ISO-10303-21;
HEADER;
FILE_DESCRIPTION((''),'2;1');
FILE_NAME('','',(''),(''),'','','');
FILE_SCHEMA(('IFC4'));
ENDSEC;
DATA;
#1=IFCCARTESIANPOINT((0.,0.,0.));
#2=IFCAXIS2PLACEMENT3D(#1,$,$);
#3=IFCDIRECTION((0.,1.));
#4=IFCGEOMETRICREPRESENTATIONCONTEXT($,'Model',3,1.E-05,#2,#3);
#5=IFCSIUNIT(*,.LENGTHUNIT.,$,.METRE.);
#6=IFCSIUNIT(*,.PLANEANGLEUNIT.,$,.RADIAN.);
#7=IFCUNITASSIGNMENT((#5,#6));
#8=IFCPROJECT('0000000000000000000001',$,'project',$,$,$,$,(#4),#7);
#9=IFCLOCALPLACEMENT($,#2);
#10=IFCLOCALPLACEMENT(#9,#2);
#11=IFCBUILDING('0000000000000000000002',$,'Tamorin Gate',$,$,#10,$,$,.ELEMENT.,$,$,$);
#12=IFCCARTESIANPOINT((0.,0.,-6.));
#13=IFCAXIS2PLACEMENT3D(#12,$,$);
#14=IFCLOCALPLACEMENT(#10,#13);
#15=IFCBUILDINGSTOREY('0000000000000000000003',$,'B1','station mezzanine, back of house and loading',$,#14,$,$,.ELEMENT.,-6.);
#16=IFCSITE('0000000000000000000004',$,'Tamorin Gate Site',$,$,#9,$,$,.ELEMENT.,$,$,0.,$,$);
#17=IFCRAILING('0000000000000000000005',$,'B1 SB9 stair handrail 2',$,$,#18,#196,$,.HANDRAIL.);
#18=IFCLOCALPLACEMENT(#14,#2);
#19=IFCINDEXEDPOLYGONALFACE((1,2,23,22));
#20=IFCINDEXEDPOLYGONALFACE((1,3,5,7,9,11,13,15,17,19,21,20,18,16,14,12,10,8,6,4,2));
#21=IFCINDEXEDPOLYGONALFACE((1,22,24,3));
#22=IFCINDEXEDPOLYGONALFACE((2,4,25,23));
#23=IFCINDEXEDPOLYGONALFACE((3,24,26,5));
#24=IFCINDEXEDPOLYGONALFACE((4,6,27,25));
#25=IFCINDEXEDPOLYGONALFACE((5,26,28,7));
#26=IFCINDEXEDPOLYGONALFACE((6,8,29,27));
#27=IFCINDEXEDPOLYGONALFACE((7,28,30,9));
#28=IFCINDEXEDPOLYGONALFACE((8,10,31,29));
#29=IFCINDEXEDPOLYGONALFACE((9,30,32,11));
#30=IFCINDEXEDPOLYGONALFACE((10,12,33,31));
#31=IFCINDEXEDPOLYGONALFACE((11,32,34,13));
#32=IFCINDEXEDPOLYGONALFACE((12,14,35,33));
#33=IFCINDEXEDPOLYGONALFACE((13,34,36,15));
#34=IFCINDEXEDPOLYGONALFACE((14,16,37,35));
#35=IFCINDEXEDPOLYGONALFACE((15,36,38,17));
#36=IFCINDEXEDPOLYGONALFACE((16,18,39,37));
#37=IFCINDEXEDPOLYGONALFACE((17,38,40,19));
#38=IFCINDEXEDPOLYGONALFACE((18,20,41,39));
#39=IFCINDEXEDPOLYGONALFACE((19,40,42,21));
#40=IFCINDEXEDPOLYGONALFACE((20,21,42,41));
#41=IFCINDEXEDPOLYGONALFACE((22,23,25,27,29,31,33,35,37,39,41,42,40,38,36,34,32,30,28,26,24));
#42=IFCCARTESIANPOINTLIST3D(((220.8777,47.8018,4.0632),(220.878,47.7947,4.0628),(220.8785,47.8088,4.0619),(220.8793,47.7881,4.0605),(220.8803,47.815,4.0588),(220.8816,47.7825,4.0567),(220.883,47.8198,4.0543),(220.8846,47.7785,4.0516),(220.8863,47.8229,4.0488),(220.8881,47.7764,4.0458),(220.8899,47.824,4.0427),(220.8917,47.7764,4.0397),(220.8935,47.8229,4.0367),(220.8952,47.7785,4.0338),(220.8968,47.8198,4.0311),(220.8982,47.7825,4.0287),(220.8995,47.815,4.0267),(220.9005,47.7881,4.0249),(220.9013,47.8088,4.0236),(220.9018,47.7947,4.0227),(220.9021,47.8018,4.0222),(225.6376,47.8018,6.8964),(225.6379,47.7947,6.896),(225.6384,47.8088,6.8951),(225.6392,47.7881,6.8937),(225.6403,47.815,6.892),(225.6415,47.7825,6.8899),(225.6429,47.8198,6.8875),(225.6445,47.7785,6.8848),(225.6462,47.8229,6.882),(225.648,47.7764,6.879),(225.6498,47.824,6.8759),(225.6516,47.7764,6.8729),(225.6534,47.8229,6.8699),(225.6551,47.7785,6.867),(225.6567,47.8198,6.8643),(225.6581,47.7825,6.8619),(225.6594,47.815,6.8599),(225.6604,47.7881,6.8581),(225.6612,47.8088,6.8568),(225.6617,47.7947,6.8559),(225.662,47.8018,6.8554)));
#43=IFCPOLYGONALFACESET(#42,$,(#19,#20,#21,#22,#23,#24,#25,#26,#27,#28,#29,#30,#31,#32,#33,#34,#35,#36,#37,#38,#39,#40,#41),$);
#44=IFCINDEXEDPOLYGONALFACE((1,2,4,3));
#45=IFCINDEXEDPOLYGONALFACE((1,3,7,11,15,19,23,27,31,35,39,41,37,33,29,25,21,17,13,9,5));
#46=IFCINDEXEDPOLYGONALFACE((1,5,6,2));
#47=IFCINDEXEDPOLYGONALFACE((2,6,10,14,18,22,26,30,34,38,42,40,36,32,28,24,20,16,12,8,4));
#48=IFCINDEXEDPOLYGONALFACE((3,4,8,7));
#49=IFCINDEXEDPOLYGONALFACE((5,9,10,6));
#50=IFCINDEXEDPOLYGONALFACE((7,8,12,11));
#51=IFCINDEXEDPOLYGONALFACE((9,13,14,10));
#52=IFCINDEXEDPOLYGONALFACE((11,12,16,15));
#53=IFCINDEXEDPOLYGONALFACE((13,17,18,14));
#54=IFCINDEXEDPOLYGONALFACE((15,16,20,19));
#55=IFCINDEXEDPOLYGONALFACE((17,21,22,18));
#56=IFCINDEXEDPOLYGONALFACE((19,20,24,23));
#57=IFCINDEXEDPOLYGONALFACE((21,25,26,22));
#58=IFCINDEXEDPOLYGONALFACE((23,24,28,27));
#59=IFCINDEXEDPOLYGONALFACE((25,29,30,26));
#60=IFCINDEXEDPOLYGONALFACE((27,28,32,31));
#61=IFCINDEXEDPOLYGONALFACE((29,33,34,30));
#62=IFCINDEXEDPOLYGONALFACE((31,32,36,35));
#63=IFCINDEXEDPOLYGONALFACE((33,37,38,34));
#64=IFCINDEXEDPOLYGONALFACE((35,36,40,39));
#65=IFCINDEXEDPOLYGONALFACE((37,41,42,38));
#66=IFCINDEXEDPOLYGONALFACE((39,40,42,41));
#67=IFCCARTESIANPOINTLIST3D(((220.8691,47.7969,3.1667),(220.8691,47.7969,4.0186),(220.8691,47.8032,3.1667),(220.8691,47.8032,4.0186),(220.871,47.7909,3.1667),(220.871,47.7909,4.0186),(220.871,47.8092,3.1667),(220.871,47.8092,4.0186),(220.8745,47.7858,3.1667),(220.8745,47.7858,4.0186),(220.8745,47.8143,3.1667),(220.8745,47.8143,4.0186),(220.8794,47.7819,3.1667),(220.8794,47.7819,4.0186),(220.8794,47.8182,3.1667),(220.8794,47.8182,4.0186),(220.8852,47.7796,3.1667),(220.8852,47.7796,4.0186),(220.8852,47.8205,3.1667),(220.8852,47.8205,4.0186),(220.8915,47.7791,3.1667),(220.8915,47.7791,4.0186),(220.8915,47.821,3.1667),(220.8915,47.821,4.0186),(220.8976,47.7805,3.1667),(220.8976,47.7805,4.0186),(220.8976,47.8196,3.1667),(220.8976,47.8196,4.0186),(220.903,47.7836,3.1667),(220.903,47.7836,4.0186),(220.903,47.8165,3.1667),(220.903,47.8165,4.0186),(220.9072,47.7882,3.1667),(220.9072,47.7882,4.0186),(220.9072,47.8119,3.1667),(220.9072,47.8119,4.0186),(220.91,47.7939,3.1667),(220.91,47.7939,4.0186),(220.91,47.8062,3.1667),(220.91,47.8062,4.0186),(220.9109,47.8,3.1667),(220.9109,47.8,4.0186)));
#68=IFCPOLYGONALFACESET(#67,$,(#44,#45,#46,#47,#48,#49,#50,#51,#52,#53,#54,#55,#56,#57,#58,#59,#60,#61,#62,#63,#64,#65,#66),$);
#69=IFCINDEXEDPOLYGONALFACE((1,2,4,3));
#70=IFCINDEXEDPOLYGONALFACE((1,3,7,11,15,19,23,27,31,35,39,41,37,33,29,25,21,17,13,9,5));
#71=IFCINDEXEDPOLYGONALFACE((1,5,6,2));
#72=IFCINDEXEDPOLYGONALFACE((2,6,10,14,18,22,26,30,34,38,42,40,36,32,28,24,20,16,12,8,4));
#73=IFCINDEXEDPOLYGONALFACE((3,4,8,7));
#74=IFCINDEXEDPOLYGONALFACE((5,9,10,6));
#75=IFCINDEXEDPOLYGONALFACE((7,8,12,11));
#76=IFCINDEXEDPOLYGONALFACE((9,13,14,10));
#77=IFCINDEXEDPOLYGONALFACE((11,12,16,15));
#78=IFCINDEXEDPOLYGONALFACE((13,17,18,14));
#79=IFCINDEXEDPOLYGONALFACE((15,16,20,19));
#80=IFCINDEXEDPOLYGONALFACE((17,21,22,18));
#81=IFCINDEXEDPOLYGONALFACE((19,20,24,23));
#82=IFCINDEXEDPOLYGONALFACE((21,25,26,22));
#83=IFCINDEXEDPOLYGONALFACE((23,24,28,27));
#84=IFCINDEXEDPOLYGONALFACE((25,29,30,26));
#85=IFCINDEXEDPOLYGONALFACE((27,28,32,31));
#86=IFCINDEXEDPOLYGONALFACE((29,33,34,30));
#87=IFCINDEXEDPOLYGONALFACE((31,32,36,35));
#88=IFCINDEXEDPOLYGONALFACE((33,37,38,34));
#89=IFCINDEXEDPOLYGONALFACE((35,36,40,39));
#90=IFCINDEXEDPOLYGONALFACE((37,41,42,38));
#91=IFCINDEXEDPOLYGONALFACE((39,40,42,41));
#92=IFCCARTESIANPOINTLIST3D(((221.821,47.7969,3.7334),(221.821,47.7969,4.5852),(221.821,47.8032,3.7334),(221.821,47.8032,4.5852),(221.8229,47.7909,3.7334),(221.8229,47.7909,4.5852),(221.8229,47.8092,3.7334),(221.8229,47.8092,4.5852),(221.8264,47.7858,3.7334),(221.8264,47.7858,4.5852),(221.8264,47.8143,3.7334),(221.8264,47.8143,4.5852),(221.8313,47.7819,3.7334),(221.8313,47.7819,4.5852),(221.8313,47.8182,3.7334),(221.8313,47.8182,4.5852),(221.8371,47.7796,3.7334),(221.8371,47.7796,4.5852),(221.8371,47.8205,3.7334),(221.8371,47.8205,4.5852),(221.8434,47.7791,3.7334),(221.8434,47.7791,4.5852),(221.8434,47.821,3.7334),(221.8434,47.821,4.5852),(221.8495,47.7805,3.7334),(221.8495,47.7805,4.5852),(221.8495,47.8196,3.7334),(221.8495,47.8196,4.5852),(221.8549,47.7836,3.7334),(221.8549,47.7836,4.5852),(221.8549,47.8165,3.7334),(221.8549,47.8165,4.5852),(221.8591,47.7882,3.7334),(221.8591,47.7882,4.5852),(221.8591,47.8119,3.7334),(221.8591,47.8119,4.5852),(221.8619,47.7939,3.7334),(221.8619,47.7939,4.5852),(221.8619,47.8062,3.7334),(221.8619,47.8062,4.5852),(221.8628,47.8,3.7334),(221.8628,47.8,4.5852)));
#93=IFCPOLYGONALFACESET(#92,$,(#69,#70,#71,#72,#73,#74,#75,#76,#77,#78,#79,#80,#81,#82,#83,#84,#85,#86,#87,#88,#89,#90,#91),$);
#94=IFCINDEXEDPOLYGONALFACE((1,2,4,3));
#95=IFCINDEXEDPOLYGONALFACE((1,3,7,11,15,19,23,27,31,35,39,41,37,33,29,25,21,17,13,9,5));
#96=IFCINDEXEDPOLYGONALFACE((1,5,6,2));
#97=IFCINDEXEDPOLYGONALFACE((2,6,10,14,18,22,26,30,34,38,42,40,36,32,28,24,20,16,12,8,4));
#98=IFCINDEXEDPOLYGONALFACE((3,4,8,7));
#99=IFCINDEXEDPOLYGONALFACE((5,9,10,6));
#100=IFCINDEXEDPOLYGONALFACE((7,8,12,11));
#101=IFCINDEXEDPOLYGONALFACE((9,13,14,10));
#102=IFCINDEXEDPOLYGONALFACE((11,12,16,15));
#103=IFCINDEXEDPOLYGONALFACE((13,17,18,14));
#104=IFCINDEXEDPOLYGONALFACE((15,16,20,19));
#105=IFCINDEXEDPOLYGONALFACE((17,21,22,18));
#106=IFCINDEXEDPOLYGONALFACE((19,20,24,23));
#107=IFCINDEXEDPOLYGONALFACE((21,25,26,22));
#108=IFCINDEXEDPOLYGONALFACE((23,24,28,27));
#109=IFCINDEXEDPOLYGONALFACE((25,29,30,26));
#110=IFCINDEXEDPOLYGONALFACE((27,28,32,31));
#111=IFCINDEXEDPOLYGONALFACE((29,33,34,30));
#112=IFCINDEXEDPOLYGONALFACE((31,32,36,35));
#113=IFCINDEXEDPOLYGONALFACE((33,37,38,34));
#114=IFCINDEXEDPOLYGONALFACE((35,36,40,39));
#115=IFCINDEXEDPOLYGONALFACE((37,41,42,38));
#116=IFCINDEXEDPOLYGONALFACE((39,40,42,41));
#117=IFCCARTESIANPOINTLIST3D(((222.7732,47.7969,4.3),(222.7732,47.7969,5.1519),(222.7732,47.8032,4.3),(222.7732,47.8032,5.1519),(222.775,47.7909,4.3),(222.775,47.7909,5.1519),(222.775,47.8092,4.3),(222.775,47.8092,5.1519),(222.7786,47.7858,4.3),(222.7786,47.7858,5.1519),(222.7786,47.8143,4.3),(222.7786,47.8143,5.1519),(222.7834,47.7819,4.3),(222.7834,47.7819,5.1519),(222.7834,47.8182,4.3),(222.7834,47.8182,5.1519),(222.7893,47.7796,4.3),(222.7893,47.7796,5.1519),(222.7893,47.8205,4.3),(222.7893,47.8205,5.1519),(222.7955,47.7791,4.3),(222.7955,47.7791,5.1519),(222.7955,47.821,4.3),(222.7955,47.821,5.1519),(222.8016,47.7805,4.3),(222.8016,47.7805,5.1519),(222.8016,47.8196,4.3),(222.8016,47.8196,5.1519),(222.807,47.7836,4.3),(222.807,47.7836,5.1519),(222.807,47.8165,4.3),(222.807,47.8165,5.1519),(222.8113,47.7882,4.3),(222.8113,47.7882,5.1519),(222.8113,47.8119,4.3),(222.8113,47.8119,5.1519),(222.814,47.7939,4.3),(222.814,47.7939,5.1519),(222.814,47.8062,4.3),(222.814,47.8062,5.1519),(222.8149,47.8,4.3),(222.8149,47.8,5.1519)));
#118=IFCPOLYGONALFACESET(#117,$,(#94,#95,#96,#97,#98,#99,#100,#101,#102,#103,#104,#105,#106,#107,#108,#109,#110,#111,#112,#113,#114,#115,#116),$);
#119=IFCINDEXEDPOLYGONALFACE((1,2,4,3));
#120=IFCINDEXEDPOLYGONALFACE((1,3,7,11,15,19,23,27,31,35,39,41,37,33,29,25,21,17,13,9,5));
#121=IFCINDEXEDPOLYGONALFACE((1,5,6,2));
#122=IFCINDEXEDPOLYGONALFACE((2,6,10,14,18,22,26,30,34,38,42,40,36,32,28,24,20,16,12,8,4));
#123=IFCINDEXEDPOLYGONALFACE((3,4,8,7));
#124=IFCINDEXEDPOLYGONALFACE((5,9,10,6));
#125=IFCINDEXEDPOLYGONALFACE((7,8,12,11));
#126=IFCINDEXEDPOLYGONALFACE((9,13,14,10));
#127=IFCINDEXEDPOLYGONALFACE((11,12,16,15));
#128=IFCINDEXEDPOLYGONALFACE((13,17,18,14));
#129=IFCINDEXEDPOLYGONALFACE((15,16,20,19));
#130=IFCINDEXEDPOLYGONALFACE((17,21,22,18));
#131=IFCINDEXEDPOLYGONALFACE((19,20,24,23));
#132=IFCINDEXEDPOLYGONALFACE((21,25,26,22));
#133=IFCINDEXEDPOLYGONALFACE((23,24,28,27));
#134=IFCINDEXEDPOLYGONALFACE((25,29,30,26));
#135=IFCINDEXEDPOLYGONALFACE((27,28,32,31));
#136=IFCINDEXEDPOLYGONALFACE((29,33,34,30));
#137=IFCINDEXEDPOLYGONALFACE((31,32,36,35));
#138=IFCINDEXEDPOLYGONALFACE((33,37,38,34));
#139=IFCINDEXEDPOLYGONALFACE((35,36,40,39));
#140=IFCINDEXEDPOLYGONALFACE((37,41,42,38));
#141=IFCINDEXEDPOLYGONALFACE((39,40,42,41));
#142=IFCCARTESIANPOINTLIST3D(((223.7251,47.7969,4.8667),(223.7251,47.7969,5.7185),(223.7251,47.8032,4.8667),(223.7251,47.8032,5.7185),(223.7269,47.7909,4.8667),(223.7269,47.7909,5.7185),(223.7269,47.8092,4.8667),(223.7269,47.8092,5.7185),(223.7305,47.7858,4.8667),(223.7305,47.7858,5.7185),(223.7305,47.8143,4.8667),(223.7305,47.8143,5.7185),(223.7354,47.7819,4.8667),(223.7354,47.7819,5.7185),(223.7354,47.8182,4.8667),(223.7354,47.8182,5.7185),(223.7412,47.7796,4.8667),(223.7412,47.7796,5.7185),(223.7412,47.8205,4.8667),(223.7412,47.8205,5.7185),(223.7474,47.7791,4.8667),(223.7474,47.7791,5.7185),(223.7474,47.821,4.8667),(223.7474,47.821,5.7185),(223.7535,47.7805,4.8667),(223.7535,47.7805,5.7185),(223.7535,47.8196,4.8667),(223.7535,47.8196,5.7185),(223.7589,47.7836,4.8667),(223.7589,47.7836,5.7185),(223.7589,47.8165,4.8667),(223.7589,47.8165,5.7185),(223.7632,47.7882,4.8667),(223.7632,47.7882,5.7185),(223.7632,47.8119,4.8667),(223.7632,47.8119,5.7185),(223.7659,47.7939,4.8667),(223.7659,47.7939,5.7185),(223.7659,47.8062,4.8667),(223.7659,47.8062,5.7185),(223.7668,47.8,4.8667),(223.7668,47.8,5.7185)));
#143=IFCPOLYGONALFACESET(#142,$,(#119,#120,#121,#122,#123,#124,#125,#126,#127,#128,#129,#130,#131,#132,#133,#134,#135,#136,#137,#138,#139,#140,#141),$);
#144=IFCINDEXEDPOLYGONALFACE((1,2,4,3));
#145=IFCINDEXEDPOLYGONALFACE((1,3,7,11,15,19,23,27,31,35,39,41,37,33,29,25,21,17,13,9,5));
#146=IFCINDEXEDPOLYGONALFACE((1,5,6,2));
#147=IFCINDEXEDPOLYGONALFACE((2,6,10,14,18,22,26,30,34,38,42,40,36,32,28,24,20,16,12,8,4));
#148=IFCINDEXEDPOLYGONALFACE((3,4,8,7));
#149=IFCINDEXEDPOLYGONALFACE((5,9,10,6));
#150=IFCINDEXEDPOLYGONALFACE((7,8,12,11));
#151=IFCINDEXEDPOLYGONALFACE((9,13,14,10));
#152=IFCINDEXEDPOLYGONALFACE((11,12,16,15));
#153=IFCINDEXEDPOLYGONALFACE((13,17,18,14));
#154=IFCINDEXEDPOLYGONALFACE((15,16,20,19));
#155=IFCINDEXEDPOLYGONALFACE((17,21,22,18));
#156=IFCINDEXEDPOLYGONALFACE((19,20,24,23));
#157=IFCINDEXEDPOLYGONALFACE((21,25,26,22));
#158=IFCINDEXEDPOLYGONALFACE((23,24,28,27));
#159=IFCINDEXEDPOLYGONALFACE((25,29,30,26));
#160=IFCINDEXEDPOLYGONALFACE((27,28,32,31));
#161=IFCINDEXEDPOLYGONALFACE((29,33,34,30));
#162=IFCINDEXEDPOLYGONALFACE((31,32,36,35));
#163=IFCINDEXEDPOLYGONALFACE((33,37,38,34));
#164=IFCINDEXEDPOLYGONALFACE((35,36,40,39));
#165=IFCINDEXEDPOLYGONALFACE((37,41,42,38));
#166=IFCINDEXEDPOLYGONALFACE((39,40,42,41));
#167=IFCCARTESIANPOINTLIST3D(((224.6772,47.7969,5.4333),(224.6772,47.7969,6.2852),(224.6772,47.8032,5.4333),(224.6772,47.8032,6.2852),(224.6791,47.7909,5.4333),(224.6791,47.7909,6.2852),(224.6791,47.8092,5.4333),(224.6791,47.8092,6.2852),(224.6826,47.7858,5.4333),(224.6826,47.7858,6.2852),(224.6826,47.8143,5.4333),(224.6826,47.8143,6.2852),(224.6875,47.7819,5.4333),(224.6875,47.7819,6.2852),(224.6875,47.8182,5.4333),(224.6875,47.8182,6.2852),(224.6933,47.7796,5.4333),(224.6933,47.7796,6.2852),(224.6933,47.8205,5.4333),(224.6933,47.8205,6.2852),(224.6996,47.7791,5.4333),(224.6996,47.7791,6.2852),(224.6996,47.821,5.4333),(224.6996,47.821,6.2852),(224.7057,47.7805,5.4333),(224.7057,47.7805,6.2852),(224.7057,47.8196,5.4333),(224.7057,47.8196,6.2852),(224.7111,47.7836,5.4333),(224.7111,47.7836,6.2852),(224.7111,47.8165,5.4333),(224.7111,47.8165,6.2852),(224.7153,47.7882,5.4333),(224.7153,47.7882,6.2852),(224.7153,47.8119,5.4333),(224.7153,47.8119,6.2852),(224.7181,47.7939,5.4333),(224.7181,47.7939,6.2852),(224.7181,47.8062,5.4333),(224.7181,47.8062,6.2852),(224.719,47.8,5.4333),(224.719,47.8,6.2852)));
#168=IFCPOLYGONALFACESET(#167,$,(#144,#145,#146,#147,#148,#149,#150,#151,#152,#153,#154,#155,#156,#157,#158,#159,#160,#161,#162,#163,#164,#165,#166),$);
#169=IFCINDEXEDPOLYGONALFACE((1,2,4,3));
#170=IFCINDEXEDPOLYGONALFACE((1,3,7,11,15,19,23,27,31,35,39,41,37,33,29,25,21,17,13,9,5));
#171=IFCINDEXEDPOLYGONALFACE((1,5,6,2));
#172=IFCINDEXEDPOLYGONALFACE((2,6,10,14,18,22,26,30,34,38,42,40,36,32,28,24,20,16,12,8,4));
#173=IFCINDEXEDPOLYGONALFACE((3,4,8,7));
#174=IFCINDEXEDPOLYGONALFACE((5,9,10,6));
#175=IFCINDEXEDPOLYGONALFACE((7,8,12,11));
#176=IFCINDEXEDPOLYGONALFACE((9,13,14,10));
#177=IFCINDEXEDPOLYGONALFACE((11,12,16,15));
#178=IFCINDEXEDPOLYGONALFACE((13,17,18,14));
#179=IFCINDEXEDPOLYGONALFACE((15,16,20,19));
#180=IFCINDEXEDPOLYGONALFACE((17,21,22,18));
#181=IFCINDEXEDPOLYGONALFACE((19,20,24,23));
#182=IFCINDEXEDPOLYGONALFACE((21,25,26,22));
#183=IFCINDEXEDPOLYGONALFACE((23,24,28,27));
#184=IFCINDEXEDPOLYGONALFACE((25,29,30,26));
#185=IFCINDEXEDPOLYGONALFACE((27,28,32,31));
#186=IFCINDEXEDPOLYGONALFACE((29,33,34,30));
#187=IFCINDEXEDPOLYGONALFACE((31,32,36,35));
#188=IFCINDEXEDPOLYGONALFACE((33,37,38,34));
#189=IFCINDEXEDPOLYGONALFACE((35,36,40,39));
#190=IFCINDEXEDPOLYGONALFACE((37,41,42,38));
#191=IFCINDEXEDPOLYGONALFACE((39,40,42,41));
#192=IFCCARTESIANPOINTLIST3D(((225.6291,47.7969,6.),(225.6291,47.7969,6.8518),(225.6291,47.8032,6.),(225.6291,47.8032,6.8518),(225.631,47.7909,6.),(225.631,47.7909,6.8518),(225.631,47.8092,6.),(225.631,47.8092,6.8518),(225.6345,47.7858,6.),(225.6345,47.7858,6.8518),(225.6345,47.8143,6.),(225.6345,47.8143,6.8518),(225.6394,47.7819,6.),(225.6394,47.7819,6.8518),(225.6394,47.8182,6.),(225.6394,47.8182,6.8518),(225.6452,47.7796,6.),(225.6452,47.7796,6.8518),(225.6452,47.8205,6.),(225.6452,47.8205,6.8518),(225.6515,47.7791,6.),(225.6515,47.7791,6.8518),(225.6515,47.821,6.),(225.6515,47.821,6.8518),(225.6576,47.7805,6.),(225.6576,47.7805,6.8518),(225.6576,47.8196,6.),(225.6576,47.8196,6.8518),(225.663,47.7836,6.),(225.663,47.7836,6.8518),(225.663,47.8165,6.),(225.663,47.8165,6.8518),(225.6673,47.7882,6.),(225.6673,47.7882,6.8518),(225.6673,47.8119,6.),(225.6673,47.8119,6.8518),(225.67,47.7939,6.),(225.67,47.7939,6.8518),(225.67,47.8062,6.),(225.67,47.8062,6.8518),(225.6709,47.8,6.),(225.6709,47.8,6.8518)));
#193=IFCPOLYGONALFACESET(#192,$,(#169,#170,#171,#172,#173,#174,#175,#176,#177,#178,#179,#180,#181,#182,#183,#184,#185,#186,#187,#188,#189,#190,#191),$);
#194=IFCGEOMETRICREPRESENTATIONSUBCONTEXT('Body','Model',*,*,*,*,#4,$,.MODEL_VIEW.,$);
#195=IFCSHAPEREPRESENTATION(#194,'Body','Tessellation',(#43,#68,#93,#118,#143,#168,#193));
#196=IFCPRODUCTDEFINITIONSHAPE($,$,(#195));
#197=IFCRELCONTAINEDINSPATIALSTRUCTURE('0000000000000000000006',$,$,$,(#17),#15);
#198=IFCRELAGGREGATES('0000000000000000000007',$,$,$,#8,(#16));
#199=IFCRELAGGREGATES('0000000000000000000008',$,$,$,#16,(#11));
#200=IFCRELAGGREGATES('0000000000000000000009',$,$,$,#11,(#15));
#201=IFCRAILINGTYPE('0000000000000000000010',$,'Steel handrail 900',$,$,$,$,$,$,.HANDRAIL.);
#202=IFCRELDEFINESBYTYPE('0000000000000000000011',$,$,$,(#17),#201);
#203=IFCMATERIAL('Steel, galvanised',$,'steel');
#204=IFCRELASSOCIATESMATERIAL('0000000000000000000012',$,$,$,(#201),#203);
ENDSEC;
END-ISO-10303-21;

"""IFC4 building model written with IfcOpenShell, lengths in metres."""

from ifc_helpers import new_model, si_unit, direction, frame, origin, origin_2d, place, context, subcontext, project, spatial, circle, extrude, material, type_object, element, save


model = new_model("IFC4")

# Units and contexts
model_context = context("Model", 3, precision=1e-05, world=origin(), true_north=direction((0.0, 1.0)))
body_context = subcontext(model_context, "Body", "Model", "MODEL_VIEW")
ifc_project = project(units=[si_unit("LENGTHUNIT", "METRE"), si_unit("PLANEANGLEUNIT", "RADIAN")], contexts=[model_context])

# Site, building, storey
site_placement = place(None, origin())
site = spatial("IfcSite", under=ifc_project, at=site_placement, Name="Tamorin Gate Site", CompositionType="ELEMENT", RefElevation=0.0)
building_placement = place(site_placement, origin())
building = spatial("IfcBuilding", under=site, at=building_placement, Name="Tamorin Gate", CompositionType="ELEMENT")
storey_placement = place(building_placement, frame((0.0, 0.0, -6.0)))
storey = spatial("IfcBuildingStorey", under=building, at=storey_placement, Name="B1", Description="station mezzanine, back of house and loading", CompositionType="ELEMENT", Elevation=-6.0)

# Railing
ifc_material_1 = material(Name="Steel, galvanised", Category="steel")
railing_type_1 = type_object("IfcRailingType", Name="Steel handrail 900", PredefinedType="HANDRAIL", material=ifc_material_1)
railing_1_placement = place(storey_placement, frame((220.8899, 47.8, 3.1667)))
element("IfcRailing", 1, at=railing_1_placement, inside=storey, type_object=railing_type_1, Name="B1 SB9 stair handrail 2", PredefinedType="HANDRAIL", context=body_context, shape_type="SweptSolid", body=[
    extrude(circle(Radius=0.0239, at=origin_2d()), frame((0.0, 0.0, 0.876), z_axis=(0.8593, 0.0, 0.511472), x_axis=(0.0, 1.0, 0.0)), (0.0, 0.0, 1.0), 5.5393),
    extrude(circle(Radius=0.021, at=origin_2d()), origin(), (0.0, 0.0, 1.0), 0.8518),
    extrude(circle(Radius=0.021, at=origin_2d()), frame((0.9519, 0.0, 0.5667)), (0.0, 0.0, 1.0), 0.8518),
    extrude(circle(Radius=0.021, at=origin_2d()), frame((1.9041, 0.0, 1.1333)), (0.0, 0.0, 1.0), 0.8518),
    extrude(circle(Radius=0.021, at=origin_2d()), frame((2.856, 0.0, 1.7)), (0.0, 0.0, 1.0), 0.8518),
    extrude(circle(Radius=0.021, at=origin_2d()), frame((3.8081, 0.0, 2.2666)), (0.0, 0.0, 1.0), 0.8518),
    extrude(circle(Radius=0.021, at=origin_2d()), frame((4.76, 0.0, 2.8333)), (0.0, 0.0, 1.0), 0.8518),
])

save(model, "model.ifc")
